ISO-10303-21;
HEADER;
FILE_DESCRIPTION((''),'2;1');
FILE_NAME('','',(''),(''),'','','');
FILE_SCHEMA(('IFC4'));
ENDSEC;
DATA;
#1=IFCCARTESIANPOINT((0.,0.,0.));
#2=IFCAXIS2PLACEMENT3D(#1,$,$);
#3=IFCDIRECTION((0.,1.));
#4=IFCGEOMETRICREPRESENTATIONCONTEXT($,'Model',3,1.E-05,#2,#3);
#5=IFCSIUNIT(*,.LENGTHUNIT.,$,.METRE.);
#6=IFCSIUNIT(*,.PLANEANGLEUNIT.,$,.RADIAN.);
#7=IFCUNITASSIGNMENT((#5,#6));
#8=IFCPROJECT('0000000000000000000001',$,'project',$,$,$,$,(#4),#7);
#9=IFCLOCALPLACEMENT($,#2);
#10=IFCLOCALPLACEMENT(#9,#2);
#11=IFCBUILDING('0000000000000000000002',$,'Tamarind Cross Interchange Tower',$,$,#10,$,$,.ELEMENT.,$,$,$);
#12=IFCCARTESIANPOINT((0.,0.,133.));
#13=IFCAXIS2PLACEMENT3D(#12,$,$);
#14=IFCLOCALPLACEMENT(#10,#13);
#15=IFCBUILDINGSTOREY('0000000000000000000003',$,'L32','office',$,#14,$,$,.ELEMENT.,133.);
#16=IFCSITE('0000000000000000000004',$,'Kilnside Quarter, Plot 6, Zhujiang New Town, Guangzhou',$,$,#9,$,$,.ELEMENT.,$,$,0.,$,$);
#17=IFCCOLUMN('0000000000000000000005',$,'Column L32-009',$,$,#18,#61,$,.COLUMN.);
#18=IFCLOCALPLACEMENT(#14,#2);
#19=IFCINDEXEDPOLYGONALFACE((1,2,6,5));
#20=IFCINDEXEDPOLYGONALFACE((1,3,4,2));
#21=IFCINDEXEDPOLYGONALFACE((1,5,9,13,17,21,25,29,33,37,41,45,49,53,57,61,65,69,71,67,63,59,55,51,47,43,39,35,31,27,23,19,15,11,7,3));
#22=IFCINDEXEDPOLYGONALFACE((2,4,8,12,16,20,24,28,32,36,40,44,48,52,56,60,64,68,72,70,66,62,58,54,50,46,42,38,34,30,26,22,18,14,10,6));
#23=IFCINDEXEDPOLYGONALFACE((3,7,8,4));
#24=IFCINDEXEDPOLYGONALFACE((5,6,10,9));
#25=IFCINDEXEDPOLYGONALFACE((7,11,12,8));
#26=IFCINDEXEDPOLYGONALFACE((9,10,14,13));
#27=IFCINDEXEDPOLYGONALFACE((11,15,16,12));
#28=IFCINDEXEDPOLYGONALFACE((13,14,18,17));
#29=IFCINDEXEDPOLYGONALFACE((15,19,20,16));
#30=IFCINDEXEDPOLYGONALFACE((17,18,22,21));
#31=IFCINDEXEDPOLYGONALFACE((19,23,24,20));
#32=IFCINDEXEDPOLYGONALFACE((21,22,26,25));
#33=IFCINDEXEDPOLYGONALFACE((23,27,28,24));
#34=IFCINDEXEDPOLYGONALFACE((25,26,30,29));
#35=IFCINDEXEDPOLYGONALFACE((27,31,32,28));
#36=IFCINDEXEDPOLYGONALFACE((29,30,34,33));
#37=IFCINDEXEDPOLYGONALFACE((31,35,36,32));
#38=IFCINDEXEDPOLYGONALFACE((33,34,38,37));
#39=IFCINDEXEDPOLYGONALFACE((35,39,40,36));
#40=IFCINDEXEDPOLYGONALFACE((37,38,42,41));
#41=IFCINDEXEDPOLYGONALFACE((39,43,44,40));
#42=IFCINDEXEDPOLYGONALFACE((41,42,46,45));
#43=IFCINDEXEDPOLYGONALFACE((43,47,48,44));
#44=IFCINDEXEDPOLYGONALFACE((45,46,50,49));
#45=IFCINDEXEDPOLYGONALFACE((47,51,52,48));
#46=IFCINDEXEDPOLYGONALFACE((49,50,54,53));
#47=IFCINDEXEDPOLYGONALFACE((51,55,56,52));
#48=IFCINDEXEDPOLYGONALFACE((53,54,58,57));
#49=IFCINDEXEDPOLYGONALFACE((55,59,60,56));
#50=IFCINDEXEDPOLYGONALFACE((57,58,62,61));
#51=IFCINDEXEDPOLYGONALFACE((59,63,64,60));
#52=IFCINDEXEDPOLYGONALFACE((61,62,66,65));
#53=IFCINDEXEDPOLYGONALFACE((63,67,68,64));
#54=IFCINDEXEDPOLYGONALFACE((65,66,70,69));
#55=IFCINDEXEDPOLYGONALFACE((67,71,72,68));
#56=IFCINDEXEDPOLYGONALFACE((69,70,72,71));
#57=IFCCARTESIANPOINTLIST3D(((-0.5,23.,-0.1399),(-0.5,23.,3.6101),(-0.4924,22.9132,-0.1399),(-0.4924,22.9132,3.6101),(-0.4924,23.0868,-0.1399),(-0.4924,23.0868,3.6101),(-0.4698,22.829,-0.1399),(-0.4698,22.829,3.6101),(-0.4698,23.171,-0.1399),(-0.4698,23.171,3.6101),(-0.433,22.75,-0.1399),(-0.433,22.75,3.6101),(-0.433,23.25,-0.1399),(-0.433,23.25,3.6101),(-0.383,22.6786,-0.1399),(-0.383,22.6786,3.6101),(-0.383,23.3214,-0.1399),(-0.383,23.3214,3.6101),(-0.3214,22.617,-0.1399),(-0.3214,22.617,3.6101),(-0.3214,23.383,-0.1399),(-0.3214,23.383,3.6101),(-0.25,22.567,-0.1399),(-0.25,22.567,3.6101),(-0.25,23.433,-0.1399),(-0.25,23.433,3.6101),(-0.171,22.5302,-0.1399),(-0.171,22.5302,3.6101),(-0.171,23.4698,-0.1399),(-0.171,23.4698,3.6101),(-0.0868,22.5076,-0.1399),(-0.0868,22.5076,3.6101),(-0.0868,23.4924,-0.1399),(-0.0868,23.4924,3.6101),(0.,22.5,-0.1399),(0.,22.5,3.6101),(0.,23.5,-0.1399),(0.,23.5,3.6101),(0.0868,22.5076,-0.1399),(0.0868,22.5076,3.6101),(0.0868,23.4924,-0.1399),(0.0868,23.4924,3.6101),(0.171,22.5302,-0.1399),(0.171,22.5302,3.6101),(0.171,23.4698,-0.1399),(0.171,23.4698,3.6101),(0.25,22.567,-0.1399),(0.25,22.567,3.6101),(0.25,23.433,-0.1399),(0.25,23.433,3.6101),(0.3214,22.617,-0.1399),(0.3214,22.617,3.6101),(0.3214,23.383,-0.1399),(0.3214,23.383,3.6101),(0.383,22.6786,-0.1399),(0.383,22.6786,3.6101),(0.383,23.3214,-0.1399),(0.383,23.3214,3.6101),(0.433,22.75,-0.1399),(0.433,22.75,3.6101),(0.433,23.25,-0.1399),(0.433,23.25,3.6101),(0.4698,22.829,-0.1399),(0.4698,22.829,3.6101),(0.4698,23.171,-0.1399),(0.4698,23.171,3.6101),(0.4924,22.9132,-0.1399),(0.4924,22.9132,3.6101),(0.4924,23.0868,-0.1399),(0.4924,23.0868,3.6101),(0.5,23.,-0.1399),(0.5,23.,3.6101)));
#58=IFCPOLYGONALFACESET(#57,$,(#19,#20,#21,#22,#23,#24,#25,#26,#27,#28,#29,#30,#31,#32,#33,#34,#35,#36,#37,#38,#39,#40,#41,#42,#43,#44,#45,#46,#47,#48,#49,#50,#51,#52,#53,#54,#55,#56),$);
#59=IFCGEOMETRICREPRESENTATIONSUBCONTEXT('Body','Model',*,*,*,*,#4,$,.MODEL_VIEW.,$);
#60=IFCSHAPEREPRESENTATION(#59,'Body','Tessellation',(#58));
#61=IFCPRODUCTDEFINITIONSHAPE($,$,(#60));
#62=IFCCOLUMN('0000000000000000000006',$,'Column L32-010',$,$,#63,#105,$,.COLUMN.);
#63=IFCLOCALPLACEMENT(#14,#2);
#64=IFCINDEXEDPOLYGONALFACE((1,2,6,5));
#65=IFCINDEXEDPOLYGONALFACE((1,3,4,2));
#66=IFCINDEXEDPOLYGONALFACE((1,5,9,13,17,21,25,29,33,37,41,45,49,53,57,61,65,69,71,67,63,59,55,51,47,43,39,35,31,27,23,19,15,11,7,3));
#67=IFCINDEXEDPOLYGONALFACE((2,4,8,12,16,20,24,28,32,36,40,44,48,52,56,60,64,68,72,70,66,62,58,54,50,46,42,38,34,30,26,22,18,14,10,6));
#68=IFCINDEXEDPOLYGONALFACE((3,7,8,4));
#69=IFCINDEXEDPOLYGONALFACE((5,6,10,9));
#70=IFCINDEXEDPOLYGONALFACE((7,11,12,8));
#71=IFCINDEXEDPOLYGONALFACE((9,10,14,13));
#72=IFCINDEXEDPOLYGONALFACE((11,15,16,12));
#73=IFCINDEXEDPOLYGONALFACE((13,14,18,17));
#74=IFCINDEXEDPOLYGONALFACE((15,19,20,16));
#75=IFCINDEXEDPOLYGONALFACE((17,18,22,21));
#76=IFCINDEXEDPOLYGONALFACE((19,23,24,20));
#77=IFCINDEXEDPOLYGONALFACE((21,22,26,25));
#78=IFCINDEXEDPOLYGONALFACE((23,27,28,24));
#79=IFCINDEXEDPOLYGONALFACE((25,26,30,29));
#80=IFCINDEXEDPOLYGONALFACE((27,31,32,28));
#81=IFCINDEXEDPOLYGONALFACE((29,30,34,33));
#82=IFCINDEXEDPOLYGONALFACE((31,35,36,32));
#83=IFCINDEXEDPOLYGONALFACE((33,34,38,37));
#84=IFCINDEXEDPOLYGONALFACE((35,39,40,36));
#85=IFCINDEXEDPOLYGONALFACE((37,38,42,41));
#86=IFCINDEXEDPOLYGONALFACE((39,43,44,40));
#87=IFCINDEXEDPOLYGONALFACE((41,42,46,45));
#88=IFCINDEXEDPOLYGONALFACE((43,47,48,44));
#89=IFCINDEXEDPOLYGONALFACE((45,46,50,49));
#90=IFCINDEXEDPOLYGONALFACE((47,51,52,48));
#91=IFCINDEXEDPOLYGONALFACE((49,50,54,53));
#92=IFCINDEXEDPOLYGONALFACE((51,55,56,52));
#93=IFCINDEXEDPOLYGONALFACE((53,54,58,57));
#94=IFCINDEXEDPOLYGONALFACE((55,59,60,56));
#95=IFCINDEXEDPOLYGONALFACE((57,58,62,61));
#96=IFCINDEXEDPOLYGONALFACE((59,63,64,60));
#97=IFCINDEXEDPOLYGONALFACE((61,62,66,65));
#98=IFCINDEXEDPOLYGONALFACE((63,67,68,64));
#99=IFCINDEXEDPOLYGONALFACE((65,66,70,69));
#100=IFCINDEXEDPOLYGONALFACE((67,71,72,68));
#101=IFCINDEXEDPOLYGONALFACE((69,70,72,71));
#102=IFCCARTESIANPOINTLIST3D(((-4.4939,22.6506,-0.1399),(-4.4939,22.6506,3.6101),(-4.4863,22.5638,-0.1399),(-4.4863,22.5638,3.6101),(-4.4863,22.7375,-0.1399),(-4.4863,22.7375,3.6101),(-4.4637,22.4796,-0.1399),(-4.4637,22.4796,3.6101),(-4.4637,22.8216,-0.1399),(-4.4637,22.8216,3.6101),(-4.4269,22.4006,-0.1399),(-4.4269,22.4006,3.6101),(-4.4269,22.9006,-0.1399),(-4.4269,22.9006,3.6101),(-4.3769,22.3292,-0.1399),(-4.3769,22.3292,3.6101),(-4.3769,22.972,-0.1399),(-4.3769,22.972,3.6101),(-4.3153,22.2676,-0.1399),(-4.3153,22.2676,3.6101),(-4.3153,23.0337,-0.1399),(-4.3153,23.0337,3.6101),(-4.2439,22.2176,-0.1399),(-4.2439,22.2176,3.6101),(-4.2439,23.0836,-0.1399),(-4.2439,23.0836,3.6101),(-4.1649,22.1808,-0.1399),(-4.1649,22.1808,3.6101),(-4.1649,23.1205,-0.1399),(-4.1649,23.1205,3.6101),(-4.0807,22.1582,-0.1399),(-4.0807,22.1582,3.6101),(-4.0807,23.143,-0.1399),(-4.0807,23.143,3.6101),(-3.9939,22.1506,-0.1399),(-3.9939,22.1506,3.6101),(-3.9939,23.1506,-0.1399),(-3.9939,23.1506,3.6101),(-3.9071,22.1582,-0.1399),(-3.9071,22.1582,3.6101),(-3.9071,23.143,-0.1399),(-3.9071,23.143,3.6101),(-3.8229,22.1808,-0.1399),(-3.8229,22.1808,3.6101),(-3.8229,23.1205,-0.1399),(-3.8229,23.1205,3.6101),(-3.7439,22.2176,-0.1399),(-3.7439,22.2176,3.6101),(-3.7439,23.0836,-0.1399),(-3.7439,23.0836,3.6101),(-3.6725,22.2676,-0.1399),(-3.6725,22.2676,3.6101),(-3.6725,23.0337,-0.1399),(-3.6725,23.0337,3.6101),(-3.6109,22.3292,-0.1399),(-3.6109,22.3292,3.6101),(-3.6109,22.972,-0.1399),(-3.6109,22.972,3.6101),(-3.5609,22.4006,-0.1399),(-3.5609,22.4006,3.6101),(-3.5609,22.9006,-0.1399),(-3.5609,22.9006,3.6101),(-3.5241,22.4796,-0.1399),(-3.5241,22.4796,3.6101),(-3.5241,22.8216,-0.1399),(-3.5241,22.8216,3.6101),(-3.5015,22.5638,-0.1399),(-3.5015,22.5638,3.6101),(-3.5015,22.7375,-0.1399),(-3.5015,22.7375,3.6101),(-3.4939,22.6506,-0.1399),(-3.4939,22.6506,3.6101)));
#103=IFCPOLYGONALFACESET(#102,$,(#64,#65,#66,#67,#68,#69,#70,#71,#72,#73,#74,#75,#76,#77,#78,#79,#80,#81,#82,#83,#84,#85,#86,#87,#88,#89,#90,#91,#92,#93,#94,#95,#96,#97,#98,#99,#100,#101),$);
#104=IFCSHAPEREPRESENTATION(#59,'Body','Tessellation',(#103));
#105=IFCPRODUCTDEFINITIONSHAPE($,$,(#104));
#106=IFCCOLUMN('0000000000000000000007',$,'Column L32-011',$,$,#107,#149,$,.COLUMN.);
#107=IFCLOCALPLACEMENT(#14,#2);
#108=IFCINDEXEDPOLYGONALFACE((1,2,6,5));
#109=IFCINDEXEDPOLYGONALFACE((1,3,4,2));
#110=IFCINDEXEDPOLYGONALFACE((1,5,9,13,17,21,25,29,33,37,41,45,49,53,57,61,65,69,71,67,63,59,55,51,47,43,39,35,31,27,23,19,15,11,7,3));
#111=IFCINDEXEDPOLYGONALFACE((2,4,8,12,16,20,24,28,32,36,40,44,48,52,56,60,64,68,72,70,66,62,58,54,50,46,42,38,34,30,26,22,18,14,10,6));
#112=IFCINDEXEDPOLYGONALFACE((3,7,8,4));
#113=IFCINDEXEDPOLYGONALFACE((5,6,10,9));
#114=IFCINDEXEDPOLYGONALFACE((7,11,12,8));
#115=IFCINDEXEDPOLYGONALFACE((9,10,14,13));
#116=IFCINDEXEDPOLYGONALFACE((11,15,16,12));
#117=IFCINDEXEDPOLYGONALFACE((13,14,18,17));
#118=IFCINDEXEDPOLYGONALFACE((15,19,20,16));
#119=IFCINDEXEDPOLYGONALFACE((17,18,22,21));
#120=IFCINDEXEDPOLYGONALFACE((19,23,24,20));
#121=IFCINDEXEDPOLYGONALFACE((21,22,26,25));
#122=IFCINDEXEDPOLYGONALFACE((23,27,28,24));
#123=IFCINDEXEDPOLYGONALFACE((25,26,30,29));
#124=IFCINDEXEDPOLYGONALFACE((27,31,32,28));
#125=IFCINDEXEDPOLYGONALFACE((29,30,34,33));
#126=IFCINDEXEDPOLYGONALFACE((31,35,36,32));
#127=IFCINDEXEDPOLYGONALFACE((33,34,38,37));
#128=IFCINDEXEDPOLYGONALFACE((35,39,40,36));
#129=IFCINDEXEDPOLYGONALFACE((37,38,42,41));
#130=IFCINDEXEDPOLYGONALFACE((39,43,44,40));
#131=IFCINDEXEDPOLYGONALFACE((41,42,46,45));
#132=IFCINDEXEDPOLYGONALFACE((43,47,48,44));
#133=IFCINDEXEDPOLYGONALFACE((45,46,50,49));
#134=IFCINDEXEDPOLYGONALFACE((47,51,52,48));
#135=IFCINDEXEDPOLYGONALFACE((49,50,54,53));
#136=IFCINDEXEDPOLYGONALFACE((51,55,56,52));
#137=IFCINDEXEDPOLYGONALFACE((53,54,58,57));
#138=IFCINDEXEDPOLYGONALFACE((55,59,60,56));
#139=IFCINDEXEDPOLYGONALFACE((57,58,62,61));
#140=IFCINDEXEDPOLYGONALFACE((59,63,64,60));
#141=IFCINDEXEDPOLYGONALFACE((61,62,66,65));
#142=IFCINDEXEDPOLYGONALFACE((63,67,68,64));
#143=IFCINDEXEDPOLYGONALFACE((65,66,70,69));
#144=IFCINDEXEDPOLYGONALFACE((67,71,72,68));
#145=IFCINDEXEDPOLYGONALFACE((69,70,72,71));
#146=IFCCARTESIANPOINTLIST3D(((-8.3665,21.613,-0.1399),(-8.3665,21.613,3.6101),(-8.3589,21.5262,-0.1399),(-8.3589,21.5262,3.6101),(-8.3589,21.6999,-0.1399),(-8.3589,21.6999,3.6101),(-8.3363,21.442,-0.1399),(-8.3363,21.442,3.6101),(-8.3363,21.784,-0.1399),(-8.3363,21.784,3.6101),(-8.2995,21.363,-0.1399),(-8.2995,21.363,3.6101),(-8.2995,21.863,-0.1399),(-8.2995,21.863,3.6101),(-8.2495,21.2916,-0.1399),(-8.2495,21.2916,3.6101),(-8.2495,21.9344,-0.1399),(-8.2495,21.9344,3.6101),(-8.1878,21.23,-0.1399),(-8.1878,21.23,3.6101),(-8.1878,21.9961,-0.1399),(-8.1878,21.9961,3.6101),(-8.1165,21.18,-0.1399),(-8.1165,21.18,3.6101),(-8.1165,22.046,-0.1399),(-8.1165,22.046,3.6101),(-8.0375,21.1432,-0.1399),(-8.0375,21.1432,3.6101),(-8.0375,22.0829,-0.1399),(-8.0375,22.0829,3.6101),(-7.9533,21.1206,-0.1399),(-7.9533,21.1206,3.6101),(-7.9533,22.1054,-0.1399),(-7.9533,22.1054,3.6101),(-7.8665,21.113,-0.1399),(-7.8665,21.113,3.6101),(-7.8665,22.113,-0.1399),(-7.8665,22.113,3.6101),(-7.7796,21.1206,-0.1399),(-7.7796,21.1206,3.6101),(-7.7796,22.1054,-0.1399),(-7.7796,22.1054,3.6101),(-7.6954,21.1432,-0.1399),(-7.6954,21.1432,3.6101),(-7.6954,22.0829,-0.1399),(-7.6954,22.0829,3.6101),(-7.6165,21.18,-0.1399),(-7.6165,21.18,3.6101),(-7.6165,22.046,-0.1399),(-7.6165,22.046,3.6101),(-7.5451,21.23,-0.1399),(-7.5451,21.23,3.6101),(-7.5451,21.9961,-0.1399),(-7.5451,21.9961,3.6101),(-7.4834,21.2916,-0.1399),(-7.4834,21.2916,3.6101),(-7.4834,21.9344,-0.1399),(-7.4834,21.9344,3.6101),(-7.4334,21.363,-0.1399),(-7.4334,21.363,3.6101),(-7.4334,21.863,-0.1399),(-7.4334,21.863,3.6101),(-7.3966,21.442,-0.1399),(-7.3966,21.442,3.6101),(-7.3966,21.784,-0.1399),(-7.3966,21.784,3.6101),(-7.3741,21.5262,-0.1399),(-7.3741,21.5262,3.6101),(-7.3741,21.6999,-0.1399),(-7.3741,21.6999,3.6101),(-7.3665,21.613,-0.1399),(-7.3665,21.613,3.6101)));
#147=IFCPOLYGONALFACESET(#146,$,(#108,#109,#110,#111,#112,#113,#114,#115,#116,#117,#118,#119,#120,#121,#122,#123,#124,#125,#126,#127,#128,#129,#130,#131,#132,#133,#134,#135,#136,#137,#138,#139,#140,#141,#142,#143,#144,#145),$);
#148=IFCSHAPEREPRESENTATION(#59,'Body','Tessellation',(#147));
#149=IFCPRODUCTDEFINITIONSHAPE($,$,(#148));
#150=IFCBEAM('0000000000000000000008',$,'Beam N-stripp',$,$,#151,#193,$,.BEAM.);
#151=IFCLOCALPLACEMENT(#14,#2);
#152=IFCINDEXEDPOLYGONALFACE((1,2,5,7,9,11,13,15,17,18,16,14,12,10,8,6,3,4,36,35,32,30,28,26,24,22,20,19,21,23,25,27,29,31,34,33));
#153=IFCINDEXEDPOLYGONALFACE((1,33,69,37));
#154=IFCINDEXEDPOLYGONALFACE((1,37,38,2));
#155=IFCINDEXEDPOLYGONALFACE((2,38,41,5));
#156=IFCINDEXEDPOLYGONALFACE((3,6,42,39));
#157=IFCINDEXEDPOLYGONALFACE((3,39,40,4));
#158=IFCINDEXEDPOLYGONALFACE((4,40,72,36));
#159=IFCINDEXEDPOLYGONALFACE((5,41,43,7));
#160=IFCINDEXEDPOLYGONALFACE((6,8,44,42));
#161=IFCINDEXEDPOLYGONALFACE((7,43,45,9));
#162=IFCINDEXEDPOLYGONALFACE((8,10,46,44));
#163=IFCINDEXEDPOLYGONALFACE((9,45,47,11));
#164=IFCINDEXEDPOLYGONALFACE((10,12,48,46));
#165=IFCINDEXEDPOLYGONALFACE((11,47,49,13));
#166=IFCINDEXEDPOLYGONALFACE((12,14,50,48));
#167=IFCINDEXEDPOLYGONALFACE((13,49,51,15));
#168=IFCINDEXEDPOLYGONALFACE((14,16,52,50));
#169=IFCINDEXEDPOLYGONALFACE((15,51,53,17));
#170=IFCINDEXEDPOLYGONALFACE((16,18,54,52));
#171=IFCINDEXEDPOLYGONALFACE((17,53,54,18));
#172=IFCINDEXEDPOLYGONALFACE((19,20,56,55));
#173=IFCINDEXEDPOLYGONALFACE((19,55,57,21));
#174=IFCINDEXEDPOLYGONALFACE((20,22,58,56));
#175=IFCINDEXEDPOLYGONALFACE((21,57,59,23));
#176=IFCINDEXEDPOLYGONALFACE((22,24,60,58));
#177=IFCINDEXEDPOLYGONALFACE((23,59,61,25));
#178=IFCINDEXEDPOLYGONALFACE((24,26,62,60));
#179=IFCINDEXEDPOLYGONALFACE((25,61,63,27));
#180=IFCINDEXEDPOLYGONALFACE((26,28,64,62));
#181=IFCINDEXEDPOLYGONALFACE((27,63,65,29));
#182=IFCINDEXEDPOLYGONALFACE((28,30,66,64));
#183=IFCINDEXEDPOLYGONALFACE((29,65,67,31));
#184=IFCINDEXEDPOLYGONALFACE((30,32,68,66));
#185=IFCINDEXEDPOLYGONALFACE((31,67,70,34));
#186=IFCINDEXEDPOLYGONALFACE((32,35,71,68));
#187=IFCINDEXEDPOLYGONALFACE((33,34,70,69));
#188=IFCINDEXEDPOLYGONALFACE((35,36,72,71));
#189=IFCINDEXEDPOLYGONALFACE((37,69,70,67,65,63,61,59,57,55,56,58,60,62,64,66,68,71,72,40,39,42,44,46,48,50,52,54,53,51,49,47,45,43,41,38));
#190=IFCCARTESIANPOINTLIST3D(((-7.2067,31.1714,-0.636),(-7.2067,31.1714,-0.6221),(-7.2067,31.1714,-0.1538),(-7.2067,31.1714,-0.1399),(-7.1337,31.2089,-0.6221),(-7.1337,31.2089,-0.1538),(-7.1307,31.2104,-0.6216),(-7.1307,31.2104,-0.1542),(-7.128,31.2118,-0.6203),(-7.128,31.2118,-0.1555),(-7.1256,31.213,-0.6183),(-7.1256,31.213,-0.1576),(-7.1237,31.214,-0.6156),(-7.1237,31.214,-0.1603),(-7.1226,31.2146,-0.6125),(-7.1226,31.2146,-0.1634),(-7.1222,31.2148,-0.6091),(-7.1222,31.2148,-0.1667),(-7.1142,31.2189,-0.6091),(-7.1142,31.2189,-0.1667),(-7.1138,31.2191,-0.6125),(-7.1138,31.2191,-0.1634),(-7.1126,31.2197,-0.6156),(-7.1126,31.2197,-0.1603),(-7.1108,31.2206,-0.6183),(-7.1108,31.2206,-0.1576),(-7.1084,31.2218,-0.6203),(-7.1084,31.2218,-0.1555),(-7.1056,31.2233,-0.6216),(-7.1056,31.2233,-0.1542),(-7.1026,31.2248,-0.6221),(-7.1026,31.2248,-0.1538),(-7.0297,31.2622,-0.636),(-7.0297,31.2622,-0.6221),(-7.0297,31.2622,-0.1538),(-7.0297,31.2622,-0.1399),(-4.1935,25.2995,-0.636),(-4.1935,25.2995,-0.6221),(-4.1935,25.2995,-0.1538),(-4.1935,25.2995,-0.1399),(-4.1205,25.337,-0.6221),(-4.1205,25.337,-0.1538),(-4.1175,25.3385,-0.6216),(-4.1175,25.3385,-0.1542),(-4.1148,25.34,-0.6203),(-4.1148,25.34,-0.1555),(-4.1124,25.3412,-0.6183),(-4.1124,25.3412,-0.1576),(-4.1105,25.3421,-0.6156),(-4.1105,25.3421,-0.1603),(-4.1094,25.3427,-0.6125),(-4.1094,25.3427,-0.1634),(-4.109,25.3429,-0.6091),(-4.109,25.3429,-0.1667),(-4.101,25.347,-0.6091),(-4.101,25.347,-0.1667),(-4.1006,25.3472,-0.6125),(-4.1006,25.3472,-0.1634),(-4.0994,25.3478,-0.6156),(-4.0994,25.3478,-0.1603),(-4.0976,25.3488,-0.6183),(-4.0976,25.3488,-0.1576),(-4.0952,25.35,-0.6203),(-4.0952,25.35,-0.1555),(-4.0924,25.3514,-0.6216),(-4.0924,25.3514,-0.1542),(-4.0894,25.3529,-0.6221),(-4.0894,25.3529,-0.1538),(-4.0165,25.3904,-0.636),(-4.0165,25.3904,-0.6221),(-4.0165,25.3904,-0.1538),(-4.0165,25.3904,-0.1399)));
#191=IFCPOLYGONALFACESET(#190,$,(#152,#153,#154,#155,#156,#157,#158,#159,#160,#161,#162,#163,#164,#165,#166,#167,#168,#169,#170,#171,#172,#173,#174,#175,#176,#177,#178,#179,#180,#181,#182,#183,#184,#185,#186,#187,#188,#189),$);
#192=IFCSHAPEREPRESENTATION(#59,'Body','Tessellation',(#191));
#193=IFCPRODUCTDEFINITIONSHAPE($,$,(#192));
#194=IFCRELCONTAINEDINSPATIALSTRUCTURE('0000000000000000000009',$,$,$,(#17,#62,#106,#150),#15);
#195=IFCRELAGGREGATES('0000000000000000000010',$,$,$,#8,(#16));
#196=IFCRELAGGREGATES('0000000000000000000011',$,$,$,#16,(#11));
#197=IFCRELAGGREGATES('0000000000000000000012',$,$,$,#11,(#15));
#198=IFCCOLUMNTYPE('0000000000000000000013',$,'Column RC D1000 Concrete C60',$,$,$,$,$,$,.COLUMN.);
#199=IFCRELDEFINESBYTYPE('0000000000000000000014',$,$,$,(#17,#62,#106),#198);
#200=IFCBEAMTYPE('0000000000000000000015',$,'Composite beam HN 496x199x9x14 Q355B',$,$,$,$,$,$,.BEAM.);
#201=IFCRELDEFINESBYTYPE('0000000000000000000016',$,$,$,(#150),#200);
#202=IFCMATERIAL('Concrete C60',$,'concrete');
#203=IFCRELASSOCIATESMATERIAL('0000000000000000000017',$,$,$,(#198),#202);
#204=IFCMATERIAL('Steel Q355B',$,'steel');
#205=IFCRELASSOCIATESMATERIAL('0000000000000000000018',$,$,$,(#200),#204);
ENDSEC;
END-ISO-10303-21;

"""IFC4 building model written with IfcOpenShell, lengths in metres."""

from ifc_helpers import new_model, si_unit, direction, frame, origin, origin_2d, place, context, subcontext, project, spatial, circle, i_section, extrude, material, material_profile, profile_set, type_object, element, save


model = new_model("IFC4")

# Units and contexts
model_context = context("Model", 3, precision=1e-05, world=origin(), true_north=direction((0.0, 1.0)))
body_context = subcontext(model_context, "Body", "Model", "MODEL_VIEW")
ifc_project = project(units=[si_unit("LENGTHUNIT", "METRE"), si_unit("PLANEANGLEUNIT", "RADIAN")], contexts=[model_context])

# Site, building, storey
site_placement = place(None, origin())
site = spatial("IfcSite", under=ifc_project, at=site_placement, Name="Kilnside Quarter, Plot 6, Zhujiang New Town, Guangzhou", CompositionType="ELEMENT", RefElevation=0.0)
building_placement = place(site_placement, origin())
building = spatial("IfcBuilding", under=site, at=building_placement, Name="Tamarind Cross Interchange Tower", CompositionType="ELEMENT")
storey_placement = place(building_placement, frame((0.0, 0.0, 133.0)))
storey = spatial("IfcBuildingStorey", under=building, at=storey_placement, Name="L32", Description="office", CompositionType="ELEMENT", Elevation=133.0)

# Columns
ifc_material_1 = material(Name="Concrete C60", Category="concrete")
ifc_material_profile_1 = material_profile(ifc_material_1, circle(Radius=0.5, at=origin_2d()), Name="RC D1000")
ifc_profile_set_1 = profile_set([ifc_material_profile_1], Name="Concrete C60")
column_type = type_object("IfcColumnType", Name="Column RC D1000 Concrete C60", PredefinedType="COLUMN", material=ifc_profile_set_1)
for number, where, z_axis, x_axis, name in (
    (1, (0.0, 23.0, -0.1399), (0.0, 0.0, 1.0), (1.0, 0.0, 0.0), "Column L32-009"),
    (2, (-3.9939, 22.6506, -0.1399), (0.0, 0.0, 1.0), (1.0, 0.0, 0.0), "Column L32-010"),
    (3, (-7.8665, 21.613, -0.1399), (0.0, 0.0, 1.0), (1.0, 0.0, 0.0), "Column L32-011"),
):
    element("IfcColumn", number, at=place(storey_placement, frame(where, z_axis=z_axis, x_axis=x_axis)), inside=storey, type_object=column_type, Name=name, PredefinedType="COLUMN", context=body_context, shape_type="SweptSolid", body=[
        extrude(circle(Radius=0.5, at=origin_2d()), origin(), (0.0, 0.0, 1.0), 3.75),
    ])

# Beam
ifc_material_2 = material(Name="Steel Q355B", Category="steel")
ifc_material_profile_2 = material_profile(ifc_material_2, i_section(OverallWidth=0.199, OverallDepth=0.4961, WebThickness=0.009, FlangeThickness=0.0139, FilletRadius=0.0129, at=origin_2d()), Name="HN 496x199x9x14")
ifc_profile_set_2 = profile_set([ifc_material_profile_2], Name="Steel Q355B")
beam_type_1 = type_object("IfcBeamType", Name="Composite beam HN 496x199x9x14 Q355B", PredefinedType="BEAM", material=ifc_profile_set_2)
beam_1_placement = place(storey_placement, frame((-4.105, 25.345, -0.3879), z_axis=(-0.456555, 0.889695, 0.0), x_axis=(-0.889695, -0.456555, 0.0)))
element("IfcBeam", 4, at=beam_1_placement, inside=storey, type_object=beam_type_1, Name="Beam N-stripp", PredefinedType="BEAM", context=body_context, shape_type="SweptSolid", body=[
    extrude(i_section(OverallWidth=0.199, OverallDepth=0.4961, WebThickness=0.009, FlangeThickness=0.0139, FilletRadius=0.0129, at=origin_2d()), origin(), (0.0, 0.0, 1.0), 6.5999),
])

save(model, "model.ifc")
